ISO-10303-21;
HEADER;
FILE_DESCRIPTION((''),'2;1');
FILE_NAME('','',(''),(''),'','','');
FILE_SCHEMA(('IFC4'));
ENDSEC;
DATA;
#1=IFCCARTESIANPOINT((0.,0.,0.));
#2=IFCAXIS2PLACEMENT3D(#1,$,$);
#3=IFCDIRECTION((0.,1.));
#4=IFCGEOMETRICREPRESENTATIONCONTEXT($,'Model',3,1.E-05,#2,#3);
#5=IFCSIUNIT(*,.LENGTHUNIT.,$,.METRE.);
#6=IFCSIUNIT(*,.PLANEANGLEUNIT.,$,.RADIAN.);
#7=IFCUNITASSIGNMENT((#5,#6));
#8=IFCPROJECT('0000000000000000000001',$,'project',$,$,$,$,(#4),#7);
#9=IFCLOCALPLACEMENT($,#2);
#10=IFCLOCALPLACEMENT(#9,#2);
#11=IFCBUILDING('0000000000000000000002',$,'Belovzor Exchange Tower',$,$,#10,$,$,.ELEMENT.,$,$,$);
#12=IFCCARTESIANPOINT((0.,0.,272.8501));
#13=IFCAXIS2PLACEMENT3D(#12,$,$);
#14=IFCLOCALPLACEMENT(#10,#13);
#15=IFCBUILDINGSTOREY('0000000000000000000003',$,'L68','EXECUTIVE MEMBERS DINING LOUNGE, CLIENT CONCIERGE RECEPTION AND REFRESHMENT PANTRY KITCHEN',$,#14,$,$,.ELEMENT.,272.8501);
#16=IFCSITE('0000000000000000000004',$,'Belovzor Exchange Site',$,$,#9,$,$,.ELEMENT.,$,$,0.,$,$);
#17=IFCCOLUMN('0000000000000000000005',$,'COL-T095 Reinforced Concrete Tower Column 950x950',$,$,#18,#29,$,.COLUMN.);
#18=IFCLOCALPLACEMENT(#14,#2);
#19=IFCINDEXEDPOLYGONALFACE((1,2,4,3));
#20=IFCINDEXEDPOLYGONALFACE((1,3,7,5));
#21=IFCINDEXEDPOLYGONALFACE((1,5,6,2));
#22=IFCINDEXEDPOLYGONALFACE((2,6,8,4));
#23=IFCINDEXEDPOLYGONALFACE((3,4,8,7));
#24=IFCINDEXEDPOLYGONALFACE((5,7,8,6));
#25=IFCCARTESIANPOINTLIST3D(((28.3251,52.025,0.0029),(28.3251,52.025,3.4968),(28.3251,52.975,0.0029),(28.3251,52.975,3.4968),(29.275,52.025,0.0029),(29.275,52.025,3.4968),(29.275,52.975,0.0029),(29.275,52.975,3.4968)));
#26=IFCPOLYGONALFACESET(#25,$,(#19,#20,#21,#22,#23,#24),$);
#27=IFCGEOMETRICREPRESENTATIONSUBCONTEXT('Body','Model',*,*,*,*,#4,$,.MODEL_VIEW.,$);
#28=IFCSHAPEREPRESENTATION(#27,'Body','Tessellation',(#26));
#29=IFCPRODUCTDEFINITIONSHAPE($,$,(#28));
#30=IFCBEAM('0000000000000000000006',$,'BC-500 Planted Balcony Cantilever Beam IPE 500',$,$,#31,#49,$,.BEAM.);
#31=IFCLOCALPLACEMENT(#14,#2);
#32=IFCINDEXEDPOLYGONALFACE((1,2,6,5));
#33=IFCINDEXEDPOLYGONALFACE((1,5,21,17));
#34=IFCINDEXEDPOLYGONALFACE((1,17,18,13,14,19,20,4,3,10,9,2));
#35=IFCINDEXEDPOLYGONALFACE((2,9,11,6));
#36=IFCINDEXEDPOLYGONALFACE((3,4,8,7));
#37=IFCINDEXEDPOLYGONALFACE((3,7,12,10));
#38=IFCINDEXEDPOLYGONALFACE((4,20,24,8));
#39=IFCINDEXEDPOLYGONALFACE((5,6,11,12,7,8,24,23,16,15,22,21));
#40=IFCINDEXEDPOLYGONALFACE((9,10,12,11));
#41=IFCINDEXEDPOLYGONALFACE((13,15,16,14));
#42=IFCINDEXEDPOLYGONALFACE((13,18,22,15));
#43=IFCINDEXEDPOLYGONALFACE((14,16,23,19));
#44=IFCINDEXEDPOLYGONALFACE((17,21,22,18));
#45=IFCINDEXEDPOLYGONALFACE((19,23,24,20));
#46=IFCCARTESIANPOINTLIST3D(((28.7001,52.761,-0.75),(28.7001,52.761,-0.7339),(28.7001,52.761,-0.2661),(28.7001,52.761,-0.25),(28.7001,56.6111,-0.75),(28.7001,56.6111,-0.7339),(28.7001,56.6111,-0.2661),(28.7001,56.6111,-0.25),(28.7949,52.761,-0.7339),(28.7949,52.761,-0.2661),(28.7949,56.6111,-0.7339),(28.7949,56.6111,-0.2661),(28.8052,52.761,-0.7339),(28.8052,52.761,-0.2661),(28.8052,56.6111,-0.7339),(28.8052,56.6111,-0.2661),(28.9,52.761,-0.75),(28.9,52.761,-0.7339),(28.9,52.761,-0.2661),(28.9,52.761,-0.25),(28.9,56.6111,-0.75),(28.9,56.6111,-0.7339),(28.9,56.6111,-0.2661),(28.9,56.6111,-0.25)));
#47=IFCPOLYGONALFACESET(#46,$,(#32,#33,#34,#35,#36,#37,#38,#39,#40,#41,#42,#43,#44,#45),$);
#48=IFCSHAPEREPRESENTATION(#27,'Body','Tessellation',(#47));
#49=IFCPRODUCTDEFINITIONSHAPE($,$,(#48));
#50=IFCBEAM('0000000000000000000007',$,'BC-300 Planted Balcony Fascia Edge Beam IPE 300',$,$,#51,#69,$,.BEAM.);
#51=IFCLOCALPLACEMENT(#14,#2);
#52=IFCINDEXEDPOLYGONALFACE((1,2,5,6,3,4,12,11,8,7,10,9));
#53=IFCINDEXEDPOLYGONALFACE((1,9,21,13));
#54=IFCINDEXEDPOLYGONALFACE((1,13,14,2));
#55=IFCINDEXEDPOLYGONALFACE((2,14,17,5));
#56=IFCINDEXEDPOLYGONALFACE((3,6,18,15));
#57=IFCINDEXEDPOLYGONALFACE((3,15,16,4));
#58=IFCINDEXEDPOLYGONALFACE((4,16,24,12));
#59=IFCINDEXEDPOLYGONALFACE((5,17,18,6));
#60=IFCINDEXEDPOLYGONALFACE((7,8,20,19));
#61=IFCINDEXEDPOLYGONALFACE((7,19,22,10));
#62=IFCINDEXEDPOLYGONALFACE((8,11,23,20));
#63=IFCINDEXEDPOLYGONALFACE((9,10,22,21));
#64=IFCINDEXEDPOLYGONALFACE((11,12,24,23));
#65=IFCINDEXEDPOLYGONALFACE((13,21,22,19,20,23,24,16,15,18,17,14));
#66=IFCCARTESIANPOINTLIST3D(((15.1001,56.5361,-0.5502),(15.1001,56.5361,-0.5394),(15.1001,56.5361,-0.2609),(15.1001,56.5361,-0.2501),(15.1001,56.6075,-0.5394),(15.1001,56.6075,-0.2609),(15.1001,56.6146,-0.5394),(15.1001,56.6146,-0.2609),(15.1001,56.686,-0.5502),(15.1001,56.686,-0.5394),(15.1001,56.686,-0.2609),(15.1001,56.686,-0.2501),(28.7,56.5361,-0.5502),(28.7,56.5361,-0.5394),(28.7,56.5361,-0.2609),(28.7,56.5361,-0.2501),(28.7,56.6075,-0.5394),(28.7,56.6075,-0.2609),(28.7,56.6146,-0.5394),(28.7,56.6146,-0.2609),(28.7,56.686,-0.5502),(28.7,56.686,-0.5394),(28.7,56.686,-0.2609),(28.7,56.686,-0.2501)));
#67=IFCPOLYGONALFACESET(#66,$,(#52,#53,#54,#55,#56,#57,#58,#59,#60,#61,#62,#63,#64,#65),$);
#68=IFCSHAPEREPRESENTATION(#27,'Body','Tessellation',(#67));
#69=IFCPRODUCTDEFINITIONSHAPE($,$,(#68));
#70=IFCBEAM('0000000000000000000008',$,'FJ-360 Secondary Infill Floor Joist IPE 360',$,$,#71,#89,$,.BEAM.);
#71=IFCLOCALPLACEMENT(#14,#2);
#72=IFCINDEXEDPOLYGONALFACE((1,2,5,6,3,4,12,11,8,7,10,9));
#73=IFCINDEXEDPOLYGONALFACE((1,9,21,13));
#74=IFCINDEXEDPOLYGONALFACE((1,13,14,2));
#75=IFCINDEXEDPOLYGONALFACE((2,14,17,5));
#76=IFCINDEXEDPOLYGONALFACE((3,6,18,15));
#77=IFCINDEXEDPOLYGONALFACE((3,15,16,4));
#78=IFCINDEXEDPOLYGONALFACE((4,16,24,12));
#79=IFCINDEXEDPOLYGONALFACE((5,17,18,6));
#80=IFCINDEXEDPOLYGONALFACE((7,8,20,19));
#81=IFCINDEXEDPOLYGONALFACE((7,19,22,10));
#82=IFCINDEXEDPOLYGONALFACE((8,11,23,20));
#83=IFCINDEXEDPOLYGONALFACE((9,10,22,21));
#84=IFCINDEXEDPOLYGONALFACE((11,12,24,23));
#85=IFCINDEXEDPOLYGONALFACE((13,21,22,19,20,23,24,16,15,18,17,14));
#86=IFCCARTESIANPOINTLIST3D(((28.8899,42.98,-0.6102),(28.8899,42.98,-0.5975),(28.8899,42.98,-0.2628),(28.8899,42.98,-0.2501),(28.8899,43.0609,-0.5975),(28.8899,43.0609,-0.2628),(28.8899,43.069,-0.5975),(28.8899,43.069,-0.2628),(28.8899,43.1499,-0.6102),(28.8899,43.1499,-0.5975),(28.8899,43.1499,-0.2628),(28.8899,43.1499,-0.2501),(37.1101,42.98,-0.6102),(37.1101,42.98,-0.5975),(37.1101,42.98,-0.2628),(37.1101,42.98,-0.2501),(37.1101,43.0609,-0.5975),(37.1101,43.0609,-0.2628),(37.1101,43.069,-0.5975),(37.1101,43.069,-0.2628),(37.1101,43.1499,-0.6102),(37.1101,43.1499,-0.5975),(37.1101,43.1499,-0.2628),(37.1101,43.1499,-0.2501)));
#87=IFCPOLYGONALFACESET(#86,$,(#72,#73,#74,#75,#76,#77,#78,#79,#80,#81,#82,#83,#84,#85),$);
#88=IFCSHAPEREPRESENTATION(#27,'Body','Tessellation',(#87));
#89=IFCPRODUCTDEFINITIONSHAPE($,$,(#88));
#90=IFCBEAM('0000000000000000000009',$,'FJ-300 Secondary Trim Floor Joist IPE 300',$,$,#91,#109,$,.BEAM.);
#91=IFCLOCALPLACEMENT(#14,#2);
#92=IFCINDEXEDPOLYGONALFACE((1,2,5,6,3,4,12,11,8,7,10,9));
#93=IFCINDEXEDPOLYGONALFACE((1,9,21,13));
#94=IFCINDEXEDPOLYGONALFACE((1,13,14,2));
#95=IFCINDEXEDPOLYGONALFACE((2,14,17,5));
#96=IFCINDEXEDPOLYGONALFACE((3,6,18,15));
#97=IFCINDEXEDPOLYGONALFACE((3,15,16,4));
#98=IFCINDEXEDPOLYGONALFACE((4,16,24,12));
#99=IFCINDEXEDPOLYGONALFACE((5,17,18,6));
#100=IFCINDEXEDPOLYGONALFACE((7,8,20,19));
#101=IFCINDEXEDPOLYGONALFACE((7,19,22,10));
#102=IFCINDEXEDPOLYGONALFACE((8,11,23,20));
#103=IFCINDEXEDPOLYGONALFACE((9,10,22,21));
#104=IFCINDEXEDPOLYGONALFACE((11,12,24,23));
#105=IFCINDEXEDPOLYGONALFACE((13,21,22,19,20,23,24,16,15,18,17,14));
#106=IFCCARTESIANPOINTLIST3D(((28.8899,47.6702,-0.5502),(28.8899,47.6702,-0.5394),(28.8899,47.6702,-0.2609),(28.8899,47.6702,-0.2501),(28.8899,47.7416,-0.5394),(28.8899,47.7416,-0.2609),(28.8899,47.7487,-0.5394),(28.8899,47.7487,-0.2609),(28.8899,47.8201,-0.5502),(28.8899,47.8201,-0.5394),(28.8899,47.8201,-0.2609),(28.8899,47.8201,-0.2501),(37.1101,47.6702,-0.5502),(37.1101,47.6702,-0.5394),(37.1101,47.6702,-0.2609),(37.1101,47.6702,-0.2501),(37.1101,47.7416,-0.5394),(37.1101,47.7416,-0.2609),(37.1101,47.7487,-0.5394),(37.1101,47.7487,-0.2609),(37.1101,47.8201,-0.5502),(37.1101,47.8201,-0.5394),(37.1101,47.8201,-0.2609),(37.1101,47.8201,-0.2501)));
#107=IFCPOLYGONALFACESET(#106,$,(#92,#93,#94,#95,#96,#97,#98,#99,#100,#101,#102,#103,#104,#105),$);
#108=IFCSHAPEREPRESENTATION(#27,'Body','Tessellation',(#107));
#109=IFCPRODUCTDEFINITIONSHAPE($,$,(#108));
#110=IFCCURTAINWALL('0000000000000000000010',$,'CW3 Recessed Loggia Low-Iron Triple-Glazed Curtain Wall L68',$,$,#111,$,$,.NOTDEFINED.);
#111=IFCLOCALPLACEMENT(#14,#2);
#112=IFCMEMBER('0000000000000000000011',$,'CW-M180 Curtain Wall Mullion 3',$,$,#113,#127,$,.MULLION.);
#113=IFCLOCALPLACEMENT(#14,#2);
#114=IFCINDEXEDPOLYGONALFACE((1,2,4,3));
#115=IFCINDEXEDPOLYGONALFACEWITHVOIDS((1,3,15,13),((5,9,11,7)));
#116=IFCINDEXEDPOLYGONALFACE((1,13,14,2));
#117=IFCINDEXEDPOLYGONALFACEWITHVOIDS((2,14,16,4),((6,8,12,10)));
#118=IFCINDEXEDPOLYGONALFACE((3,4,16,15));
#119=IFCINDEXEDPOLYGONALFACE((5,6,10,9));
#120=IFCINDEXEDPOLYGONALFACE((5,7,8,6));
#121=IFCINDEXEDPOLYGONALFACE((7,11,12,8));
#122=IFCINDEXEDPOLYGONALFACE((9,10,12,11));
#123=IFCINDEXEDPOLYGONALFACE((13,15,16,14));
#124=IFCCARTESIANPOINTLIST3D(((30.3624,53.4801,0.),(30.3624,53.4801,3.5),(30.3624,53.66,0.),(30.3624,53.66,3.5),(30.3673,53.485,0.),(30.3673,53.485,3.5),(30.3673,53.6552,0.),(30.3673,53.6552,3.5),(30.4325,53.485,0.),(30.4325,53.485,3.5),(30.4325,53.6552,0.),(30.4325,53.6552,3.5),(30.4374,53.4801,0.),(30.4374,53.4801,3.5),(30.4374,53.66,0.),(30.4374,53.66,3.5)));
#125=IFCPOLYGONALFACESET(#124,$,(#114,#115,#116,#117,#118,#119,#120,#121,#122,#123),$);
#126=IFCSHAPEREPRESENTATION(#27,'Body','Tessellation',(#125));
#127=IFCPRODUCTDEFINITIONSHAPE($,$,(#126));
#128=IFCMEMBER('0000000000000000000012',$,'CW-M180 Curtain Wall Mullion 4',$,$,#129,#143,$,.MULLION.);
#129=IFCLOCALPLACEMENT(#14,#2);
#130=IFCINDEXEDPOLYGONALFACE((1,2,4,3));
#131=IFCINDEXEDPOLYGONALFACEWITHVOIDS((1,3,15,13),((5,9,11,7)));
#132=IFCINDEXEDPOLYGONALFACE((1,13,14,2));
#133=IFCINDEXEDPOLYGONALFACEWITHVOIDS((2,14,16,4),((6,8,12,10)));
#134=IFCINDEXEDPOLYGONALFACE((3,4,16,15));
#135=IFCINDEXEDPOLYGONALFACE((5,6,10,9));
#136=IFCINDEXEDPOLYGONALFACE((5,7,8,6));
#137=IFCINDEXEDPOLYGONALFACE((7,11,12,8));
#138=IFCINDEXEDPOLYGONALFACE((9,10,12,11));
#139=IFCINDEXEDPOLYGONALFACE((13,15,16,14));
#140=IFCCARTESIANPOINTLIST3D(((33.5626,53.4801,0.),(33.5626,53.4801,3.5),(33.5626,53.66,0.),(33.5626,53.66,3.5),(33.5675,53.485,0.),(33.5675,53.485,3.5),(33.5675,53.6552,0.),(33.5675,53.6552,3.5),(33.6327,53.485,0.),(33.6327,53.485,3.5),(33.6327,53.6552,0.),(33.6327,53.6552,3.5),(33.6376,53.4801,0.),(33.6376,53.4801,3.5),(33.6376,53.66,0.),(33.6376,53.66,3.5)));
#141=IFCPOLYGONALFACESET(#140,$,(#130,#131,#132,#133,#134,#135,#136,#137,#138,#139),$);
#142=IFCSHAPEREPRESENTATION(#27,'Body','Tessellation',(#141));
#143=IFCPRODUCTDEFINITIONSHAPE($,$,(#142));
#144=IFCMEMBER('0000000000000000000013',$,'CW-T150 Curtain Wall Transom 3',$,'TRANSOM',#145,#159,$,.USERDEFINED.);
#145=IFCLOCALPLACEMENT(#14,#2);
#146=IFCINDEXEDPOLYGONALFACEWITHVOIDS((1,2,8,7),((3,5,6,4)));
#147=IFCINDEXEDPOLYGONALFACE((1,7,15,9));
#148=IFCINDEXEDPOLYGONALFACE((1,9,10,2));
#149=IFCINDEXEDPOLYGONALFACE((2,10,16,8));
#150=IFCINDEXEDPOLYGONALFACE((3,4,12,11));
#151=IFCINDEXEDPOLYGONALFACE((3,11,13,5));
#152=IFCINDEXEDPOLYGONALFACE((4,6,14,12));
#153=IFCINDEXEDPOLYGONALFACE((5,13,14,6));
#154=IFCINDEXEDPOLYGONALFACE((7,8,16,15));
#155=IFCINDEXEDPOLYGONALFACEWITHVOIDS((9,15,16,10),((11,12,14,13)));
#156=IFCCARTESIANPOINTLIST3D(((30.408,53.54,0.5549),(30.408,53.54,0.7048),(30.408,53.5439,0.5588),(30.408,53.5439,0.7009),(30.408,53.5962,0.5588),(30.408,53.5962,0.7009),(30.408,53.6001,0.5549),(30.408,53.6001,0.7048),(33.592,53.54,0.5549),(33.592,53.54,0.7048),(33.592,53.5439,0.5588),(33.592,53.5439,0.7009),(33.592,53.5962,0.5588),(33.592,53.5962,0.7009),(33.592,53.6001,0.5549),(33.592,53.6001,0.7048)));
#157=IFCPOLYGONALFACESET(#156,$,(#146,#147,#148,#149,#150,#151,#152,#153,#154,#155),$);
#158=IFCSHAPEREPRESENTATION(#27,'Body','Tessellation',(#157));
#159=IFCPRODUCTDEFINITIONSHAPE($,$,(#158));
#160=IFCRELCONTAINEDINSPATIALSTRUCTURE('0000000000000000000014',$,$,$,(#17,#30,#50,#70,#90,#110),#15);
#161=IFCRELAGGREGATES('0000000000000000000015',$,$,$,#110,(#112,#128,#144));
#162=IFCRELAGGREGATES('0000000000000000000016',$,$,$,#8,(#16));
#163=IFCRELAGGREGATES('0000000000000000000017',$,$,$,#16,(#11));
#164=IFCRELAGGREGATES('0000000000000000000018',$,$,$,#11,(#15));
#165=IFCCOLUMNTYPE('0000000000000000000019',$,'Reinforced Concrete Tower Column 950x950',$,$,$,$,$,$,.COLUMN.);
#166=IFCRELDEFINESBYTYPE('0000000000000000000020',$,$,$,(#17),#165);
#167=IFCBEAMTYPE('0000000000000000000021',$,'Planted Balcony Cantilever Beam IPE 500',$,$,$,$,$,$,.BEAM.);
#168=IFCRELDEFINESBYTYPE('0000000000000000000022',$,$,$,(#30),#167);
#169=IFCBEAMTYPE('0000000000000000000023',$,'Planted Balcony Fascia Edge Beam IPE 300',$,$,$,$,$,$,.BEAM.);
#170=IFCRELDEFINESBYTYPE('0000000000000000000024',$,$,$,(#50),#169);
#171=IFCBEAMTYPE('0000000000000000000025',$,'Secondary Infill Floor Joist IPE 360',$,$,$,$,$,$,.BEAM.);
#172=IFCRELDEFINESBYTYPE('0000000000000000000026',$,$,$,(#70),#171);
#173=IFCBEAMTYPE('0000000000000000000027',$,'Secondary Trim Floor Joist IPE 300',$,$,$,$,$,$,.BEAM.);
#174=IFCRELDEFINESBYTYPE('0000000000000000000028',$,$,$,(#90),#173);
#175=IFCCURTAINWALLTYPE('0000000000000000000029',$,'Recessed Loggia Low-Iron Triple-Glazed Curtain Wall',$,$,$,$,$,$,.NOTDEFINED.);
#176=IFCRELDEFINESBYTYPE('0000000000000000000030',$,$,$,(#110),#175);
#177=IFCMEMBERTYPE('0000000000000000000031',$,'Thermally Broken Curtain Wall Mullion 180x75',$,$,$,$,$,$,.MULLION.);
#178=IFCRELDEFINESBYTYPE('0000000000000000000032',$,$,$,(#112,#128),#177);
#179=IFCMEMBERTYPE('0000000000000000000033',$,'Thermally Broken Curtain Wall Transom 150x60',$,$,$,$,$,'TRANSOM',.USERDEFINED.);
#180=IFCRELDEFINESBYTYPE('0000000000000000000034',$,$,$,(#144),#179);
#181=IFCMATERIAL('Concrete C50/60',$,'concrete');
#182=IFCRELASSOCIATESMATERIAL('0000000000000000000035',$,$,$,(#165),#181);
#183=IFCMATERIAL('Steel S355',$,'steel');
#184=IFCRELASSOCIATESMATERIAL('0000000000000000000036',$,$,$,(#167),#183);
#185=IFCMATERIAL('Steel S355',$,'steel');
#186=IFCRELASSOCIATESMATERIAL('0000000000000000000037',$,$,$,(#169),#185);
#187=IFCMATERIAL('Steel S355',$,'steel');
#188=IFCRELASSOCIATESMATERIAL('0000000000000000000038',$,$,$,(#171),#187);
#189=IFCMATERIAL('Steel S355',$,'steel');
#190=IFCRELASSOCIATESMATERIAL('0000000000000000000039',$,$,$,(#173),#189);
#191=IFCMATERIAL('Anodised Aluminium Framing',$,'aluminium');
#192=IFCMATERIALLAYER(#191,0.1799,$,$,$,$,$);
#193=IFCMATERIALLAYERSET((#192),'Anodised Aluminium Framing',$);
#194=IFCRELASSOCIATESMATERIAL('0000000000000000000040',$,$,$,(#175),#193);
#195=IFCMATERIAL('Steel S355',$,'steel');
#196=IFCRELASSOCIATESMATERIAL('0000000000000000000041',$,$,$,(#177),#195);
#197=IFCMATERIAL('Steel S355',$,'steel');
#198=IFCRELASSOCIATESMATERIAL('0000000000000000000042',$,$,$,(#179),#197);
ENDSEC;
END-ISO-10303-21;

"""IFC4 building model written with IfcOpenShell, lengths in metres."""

from ifc_helpers import new_model, si_unit, direction, frame, origin, origin_2d, place, context, subcontext, project, spatial, rectangle, hollow_rectangle, i_section, extrude, material, layer, layer_set, material_profile, profile_set, type_object, element, aggregate, save


model = new_model("IFC4")

# Units and contexts
model_context = context("Model", 3, precision=1e-05, world=origin(), true_north=direction((0.0, 1.0)))
body_context = subcontext(model_context, "Body", "Model", "MODEL_VIEW")
ifc_project = project(units=[si_unit("LENGTHUNIT", "METRE"), si_unit("PLANEANGLEUNIT", "RADIAN")], contexts=[model_context])

# Site, building, storey
site_placement = place(None, origin())
site = spatial("IfcSite", under=ifc_project, at=site_placement, Name="Belovzor Exchange Site", CompositionType="ELEMENT", RefElevation=0.0)
building_placement = place(site_placement, origin())
building = spatial("IfcBuilding", under=site, at=building_placement, Name="Belovzor Exchange Tower", CompositionType="ELEMENT")
storey_placement = place(building_placement, frame((0.0, 0.0, 272.8501)))
storey = spatial("IfcBuildingStorey", under=building, at=storey_placement, Name="L68", Description="EXECUTIVE MEMBERS DINING LOUNGE, CLIENT CONCIERGE RECEPTION AND REFRESHMENT PANTRY KITCHEN", CompositionType="ELEMENT", Elevation=272.8501)

# Column
ifc_material_1 = material(Name="Concrete C50/60", Category="concrete")
ifc_material_profile_1 = material_profile(ifc_material_1, rectangle(XDim=0.95, YDim=0.95, at=origin_2d()))
ifc_profile_set_1 = profile_set([ifc_material_profile_1], Name="Concrete C50/60")
column_type = type_object("IfcColumnType", Name="Reinforced Concrete Tower Column 950x950", PredefinedType="COLUMN", material=ifc_profile_set_1)
column_placement = place(storey_placement, frame((28.8, 52.5, 0.0029), z_axis=(0.0, 0.0, 1.0), x_axis=(1.0, 0.0, 0.0)))
element("IfcColumn", 1, at=column_placement, inside=storey, type_object=column_type, Name="COL-T095 Reinforced Concrete Tower Column 950x950", PredefinedType="COLUMN", context=body_context, shape_type="SweptSolid", body=[
    extrude(rectangle(XDim=0.95, YDim=0.95, at=origin_2d()), origin(), (0.0, 0.0, 1.0), 3.4939),
])

# Beams
ifc_material_2 = material(Name="Steel S355", Category="steel")
ifc_material_profile_2 = material_profile(ifc_material_2, i_section(OverallWidth=0.2, OverallDepth=0.5, WebThickness=0.0103, FlangeThickness=0.0161, at=origin_2d()))
ifc_profile_set_2 = profile_set([ifc_material_profile_2], Name="Steel S355")
beam_type_1 = type_object("IfcBeamType", Name="Planted Balcony Cantilever Beam IPE 500", PredefinedType="BEAM", material=ifc_profile_set_2)
beam_1_placement = place(storey_placement, frame((28.8, 52.761, -0.5), z_axis=(0.0, 1.0, 0.0), x_axis=(-1.0, 0.0, 0.0)))
element("IfcBeam", 2, at=beam_1_placement, inside=storey, type_object=beam_type_1, Name="BC-500 Planted Balcony Cantilever Beam IPE 500", PredefinedType="BEAM", context=body_context, shape_type="SweptSolid", body=[
    extrude(i_section(OverallWidth=0.2, OverallDepth=0.5, WebThickness=0.0103, FlangeThickness=0.0161, at=origin_2d()), origin(), (0.0, 0.0, 1.0), 3.8501),
])
ifc_material_3 = material(Name="Steel S355", Category="steel")
ifc_material_profile_3 = material_profile(ifc_material_3, i_section(OverallWidth=0.1499, OverallDepth=0.3, WebThickness=0.0071, FlangeThickness=0.0107, at=origin_2d()))
ifc_profile_set_3 = profile_set([ifc_material_profile_3], Name="Steel S355")
beam_type_2 = type_object("IfcBeamType", Name="Planted Balcony Fascia Edge Beam IPE 300", PredefinedType="BEAM", material=ifc_profile_set_3)
beam_2_placement = place(storey_placement, frame((28.7, 56.6111, -0.4001), z_axis=(-1.0, 0.0, 0.0), x_axis=(0.0, -1.0, 0.0)))
element("IfcBeam", 3, at=beam_2_placement, inside=storey, type_object=beam_type_2, Name="BC-300 Planted Balcony Fascia Edge Beam IPE 300", PredefinedType="BEAM", context=body_context, shape_type="SweptSolid", body=[
    extrude(i_section(OverallWidth=0.1499, OverallDepth=0.3, WebThickness=0.0071, FlangeThickness=0.0107, at=origin_2d()), origin(), (0.0, 0.0, 1.0), 13.5999),
])
ifc_material_4 = material(Name="Steel S355", Category="steel")
ifc_material_profile_4 = material_profile(ifc_material_4, i_section(OverallWidth=0.1699, OverallDepth=0.3601, WebThickness=0.0081, FlangeThickness=0.0127, at=origin_2d()))
ifc_profile_set_4 = profile_set([ifc_material_profile_4], Name="Steel S355")
beam_type_3 = type_object("IfcBeamType", Name="Secondary Infill Floor Joist IPE 360", PredefinedType="BEAM", material=ifc_profile_set_4)
beam_3_placement = place(storey_placement, frame((28.8899, 43.0649, -0.4302), z_axis=(1.0, 0.0, 0.0), x_axis=(0.0, 1.0, 0.0)))
element("IfcBeam", 4, at=beam_3_placement, inside=storey, type_object=beam_type_3, Name="FJ-360 Secondary Infill Floor Joist IPE 360", PredefinedType="BEAM", context=body_context, shape_type="SweptSolid", body=[
    extrude(i_section(OverallWidth=0.1699, OverallDepth=0.3601, WebThickness=0.0081, FlangeThickness=0.0127, at=origin_2d()), origin(), (0.0, 0.0, 1.0), 8.2202),
])
ifc_material_5 = material(Name="Steel S355", Category="steel")
ifc_material_profile_5 = material_profile(ifc_material_5, i_section(OverallWidth=0.1499, OverallDepth=0.3, WebThickness=0.0071, FlangeThickness=0.0107, at=origin_2d()))
ifc_profile_set_5 = profile_set([ifc_material_profile_5], Name="Steel S355")
beam_type_4 = type_object("IfcBeamType", Name="Secondary Trim Floor Joist IPE 300", PredefinedType="BEAM", material=ifc_profile_set_5)
beam_4_placement = place(storey_placement, frame((28.8899, 47.7451, -0.4001), z_axis=(1.0, 0.0, 0.0), x_axis=(0.0, 1.0, 0.0)))
element("IfcBeam", 5, at=beam_4_placement, inside=storey, type_object=beam_type_4, Name="FJ-300 Secondary Trim Floor Joist IPE 300", PredefinedType="BEAM", context=body_context, shape_type="SweptSolid", body=[
    extrude(i_section(OverallWidth=0.1499, OverallDepth=0.3, WebThickness=0.0071, FlangeThickness=0.0107, at=origin_2d()), origin(), (0.0, 0.0, 1.0), 8.2202),
])

# Curtain wall, members
ifc_material_6 = material(Name="Anodised Aluminium Framing", Category="aluminium")
ifc_layer_1 = layer(ifc_material_6, 0.1799)
ifc_layer_set_1 = layer_set([ifc_layer_1], Name="Anodised Aluminium Framing")
curtain_wall_type = type_object("IfcCurtainWallType", Name="Recessed Loggia Low-Iron Triple-Glazed Curtain Wall", PredefinedType="NOTDEFINED", material=ifc_layer_set_1)
curtain_wall_placement = place(storey_placement, origin())
curtain_wall = element("IfcCurtainWall", 6, at=curtain_wall_placement, inside=storey, type_object=curtain_wall_type, Name="CW3 Recessed Loggia Low-Iron Triple-Glazed Curtain Wall L68", PredefinedType="NOTDEFINED")
ifc_material_7 = material(Name="Steel S355", Category="steel")
ifc_material_profile_6 = material_profile(ifc_material_7, hollow_rectangle(XDim=0.075, YDim=0.1799, WallThickness=0.0049, at=origin_2d()))
ifc_profile_set_6 = profile_set([ifc_material_profile_6], Name="Steel S355")
member_type_1 = type_object("IfcMemberType", Name="Thermally Broken Curtain Wall Mullion 180x75", PredefinedType="MULLION", material=ifc_profile_set_6)
member_1_placement = place(storey_placement, frame((30.3999, 53.5701, 0.0), z_axis=(0.0, 0.0, 1.0), x_axis=(1.0, 0.0, 0.0)))
member_1 = element("IfcMember", 7, at=member_1_placement, type_object=member_type_1, Name="CW-M180 Curtain Wall Mullion 3", PredefinedType="MULLION", context=body_context, shape_type="SweptSolid", body=[
    extrude(hollow_rectangle(XDim=0.075, YDim=0.1799, WallThickness=0.0049, at=origin_2d()), origin(), (0.0, 0.0, 1.0), 3.5),
])
member_2_placement = place(storey_placement, frame((33.6001, 53.5701, 0.0), z_axis=(0.0, 0.0, 1.0), x_axis=(1.0, 0.0, 0.0)))
member_2 = element("IfcMember", 8, at=member_2_placement, type_object=member_type_1, Name="CW-M180 Curtain Wall Mullion 4", PredefinedType="MULLION", context=body_context, shape_type="SweptSolid", body=[
    extrude(hollow_rectangle(XDim=0.075, YDim=0.1799, WallThickness=0.0049, at=origin_2d()), origin(), (0.0, 0.0, 1.0), 3.5),
])
ifc_material_8 = material(Name="Steel S355", Category="steel")
ifc_material_profile_7 = material_profile(ifc_material_8, hollow_rectangle(XDim=0.0601, YDim=0.1499, WallThickness=0.0039, at=origin_2d()))
ifc_profile_set_7 = profile_set([ifc_material_profile_7], Name="Steel S355")
member_type_2 = type_object("IfcMemberType", Name="Thermally Broken Curtain Wall Transom 150x60", ElementType="TRANSOM", PredefinedType="USERDEFINED", material=ifc_profile_set_7)
member_3_placement = place(storey_placement, frame((30.408, 53.5701, 0.6299), z_axis=(1.0, 0.0, 0.0), x_axis=(0.0, 1.0, 0.0)))
member_3 = element("IfcMember", 9, at=member_3_placement, type_object=member_type_2, Name="CW-T150 Curtain Wall Transom 3", ObjectType="TRANSOM", PredefinedType="USERDEFINED", context=body_context, shape_type="SweptSolid", body=[
    extrude(hollow_rectangle(XDim=0.0601, YDim=0.1499, WallThickness=0.0039, at=origin_2d()), origin(), (0.0, 0.0, 1.0), 3.1841),
])

aggregate(curtain_wall, [member_1, member_2, member_3])

save(model, "model.ifc")
